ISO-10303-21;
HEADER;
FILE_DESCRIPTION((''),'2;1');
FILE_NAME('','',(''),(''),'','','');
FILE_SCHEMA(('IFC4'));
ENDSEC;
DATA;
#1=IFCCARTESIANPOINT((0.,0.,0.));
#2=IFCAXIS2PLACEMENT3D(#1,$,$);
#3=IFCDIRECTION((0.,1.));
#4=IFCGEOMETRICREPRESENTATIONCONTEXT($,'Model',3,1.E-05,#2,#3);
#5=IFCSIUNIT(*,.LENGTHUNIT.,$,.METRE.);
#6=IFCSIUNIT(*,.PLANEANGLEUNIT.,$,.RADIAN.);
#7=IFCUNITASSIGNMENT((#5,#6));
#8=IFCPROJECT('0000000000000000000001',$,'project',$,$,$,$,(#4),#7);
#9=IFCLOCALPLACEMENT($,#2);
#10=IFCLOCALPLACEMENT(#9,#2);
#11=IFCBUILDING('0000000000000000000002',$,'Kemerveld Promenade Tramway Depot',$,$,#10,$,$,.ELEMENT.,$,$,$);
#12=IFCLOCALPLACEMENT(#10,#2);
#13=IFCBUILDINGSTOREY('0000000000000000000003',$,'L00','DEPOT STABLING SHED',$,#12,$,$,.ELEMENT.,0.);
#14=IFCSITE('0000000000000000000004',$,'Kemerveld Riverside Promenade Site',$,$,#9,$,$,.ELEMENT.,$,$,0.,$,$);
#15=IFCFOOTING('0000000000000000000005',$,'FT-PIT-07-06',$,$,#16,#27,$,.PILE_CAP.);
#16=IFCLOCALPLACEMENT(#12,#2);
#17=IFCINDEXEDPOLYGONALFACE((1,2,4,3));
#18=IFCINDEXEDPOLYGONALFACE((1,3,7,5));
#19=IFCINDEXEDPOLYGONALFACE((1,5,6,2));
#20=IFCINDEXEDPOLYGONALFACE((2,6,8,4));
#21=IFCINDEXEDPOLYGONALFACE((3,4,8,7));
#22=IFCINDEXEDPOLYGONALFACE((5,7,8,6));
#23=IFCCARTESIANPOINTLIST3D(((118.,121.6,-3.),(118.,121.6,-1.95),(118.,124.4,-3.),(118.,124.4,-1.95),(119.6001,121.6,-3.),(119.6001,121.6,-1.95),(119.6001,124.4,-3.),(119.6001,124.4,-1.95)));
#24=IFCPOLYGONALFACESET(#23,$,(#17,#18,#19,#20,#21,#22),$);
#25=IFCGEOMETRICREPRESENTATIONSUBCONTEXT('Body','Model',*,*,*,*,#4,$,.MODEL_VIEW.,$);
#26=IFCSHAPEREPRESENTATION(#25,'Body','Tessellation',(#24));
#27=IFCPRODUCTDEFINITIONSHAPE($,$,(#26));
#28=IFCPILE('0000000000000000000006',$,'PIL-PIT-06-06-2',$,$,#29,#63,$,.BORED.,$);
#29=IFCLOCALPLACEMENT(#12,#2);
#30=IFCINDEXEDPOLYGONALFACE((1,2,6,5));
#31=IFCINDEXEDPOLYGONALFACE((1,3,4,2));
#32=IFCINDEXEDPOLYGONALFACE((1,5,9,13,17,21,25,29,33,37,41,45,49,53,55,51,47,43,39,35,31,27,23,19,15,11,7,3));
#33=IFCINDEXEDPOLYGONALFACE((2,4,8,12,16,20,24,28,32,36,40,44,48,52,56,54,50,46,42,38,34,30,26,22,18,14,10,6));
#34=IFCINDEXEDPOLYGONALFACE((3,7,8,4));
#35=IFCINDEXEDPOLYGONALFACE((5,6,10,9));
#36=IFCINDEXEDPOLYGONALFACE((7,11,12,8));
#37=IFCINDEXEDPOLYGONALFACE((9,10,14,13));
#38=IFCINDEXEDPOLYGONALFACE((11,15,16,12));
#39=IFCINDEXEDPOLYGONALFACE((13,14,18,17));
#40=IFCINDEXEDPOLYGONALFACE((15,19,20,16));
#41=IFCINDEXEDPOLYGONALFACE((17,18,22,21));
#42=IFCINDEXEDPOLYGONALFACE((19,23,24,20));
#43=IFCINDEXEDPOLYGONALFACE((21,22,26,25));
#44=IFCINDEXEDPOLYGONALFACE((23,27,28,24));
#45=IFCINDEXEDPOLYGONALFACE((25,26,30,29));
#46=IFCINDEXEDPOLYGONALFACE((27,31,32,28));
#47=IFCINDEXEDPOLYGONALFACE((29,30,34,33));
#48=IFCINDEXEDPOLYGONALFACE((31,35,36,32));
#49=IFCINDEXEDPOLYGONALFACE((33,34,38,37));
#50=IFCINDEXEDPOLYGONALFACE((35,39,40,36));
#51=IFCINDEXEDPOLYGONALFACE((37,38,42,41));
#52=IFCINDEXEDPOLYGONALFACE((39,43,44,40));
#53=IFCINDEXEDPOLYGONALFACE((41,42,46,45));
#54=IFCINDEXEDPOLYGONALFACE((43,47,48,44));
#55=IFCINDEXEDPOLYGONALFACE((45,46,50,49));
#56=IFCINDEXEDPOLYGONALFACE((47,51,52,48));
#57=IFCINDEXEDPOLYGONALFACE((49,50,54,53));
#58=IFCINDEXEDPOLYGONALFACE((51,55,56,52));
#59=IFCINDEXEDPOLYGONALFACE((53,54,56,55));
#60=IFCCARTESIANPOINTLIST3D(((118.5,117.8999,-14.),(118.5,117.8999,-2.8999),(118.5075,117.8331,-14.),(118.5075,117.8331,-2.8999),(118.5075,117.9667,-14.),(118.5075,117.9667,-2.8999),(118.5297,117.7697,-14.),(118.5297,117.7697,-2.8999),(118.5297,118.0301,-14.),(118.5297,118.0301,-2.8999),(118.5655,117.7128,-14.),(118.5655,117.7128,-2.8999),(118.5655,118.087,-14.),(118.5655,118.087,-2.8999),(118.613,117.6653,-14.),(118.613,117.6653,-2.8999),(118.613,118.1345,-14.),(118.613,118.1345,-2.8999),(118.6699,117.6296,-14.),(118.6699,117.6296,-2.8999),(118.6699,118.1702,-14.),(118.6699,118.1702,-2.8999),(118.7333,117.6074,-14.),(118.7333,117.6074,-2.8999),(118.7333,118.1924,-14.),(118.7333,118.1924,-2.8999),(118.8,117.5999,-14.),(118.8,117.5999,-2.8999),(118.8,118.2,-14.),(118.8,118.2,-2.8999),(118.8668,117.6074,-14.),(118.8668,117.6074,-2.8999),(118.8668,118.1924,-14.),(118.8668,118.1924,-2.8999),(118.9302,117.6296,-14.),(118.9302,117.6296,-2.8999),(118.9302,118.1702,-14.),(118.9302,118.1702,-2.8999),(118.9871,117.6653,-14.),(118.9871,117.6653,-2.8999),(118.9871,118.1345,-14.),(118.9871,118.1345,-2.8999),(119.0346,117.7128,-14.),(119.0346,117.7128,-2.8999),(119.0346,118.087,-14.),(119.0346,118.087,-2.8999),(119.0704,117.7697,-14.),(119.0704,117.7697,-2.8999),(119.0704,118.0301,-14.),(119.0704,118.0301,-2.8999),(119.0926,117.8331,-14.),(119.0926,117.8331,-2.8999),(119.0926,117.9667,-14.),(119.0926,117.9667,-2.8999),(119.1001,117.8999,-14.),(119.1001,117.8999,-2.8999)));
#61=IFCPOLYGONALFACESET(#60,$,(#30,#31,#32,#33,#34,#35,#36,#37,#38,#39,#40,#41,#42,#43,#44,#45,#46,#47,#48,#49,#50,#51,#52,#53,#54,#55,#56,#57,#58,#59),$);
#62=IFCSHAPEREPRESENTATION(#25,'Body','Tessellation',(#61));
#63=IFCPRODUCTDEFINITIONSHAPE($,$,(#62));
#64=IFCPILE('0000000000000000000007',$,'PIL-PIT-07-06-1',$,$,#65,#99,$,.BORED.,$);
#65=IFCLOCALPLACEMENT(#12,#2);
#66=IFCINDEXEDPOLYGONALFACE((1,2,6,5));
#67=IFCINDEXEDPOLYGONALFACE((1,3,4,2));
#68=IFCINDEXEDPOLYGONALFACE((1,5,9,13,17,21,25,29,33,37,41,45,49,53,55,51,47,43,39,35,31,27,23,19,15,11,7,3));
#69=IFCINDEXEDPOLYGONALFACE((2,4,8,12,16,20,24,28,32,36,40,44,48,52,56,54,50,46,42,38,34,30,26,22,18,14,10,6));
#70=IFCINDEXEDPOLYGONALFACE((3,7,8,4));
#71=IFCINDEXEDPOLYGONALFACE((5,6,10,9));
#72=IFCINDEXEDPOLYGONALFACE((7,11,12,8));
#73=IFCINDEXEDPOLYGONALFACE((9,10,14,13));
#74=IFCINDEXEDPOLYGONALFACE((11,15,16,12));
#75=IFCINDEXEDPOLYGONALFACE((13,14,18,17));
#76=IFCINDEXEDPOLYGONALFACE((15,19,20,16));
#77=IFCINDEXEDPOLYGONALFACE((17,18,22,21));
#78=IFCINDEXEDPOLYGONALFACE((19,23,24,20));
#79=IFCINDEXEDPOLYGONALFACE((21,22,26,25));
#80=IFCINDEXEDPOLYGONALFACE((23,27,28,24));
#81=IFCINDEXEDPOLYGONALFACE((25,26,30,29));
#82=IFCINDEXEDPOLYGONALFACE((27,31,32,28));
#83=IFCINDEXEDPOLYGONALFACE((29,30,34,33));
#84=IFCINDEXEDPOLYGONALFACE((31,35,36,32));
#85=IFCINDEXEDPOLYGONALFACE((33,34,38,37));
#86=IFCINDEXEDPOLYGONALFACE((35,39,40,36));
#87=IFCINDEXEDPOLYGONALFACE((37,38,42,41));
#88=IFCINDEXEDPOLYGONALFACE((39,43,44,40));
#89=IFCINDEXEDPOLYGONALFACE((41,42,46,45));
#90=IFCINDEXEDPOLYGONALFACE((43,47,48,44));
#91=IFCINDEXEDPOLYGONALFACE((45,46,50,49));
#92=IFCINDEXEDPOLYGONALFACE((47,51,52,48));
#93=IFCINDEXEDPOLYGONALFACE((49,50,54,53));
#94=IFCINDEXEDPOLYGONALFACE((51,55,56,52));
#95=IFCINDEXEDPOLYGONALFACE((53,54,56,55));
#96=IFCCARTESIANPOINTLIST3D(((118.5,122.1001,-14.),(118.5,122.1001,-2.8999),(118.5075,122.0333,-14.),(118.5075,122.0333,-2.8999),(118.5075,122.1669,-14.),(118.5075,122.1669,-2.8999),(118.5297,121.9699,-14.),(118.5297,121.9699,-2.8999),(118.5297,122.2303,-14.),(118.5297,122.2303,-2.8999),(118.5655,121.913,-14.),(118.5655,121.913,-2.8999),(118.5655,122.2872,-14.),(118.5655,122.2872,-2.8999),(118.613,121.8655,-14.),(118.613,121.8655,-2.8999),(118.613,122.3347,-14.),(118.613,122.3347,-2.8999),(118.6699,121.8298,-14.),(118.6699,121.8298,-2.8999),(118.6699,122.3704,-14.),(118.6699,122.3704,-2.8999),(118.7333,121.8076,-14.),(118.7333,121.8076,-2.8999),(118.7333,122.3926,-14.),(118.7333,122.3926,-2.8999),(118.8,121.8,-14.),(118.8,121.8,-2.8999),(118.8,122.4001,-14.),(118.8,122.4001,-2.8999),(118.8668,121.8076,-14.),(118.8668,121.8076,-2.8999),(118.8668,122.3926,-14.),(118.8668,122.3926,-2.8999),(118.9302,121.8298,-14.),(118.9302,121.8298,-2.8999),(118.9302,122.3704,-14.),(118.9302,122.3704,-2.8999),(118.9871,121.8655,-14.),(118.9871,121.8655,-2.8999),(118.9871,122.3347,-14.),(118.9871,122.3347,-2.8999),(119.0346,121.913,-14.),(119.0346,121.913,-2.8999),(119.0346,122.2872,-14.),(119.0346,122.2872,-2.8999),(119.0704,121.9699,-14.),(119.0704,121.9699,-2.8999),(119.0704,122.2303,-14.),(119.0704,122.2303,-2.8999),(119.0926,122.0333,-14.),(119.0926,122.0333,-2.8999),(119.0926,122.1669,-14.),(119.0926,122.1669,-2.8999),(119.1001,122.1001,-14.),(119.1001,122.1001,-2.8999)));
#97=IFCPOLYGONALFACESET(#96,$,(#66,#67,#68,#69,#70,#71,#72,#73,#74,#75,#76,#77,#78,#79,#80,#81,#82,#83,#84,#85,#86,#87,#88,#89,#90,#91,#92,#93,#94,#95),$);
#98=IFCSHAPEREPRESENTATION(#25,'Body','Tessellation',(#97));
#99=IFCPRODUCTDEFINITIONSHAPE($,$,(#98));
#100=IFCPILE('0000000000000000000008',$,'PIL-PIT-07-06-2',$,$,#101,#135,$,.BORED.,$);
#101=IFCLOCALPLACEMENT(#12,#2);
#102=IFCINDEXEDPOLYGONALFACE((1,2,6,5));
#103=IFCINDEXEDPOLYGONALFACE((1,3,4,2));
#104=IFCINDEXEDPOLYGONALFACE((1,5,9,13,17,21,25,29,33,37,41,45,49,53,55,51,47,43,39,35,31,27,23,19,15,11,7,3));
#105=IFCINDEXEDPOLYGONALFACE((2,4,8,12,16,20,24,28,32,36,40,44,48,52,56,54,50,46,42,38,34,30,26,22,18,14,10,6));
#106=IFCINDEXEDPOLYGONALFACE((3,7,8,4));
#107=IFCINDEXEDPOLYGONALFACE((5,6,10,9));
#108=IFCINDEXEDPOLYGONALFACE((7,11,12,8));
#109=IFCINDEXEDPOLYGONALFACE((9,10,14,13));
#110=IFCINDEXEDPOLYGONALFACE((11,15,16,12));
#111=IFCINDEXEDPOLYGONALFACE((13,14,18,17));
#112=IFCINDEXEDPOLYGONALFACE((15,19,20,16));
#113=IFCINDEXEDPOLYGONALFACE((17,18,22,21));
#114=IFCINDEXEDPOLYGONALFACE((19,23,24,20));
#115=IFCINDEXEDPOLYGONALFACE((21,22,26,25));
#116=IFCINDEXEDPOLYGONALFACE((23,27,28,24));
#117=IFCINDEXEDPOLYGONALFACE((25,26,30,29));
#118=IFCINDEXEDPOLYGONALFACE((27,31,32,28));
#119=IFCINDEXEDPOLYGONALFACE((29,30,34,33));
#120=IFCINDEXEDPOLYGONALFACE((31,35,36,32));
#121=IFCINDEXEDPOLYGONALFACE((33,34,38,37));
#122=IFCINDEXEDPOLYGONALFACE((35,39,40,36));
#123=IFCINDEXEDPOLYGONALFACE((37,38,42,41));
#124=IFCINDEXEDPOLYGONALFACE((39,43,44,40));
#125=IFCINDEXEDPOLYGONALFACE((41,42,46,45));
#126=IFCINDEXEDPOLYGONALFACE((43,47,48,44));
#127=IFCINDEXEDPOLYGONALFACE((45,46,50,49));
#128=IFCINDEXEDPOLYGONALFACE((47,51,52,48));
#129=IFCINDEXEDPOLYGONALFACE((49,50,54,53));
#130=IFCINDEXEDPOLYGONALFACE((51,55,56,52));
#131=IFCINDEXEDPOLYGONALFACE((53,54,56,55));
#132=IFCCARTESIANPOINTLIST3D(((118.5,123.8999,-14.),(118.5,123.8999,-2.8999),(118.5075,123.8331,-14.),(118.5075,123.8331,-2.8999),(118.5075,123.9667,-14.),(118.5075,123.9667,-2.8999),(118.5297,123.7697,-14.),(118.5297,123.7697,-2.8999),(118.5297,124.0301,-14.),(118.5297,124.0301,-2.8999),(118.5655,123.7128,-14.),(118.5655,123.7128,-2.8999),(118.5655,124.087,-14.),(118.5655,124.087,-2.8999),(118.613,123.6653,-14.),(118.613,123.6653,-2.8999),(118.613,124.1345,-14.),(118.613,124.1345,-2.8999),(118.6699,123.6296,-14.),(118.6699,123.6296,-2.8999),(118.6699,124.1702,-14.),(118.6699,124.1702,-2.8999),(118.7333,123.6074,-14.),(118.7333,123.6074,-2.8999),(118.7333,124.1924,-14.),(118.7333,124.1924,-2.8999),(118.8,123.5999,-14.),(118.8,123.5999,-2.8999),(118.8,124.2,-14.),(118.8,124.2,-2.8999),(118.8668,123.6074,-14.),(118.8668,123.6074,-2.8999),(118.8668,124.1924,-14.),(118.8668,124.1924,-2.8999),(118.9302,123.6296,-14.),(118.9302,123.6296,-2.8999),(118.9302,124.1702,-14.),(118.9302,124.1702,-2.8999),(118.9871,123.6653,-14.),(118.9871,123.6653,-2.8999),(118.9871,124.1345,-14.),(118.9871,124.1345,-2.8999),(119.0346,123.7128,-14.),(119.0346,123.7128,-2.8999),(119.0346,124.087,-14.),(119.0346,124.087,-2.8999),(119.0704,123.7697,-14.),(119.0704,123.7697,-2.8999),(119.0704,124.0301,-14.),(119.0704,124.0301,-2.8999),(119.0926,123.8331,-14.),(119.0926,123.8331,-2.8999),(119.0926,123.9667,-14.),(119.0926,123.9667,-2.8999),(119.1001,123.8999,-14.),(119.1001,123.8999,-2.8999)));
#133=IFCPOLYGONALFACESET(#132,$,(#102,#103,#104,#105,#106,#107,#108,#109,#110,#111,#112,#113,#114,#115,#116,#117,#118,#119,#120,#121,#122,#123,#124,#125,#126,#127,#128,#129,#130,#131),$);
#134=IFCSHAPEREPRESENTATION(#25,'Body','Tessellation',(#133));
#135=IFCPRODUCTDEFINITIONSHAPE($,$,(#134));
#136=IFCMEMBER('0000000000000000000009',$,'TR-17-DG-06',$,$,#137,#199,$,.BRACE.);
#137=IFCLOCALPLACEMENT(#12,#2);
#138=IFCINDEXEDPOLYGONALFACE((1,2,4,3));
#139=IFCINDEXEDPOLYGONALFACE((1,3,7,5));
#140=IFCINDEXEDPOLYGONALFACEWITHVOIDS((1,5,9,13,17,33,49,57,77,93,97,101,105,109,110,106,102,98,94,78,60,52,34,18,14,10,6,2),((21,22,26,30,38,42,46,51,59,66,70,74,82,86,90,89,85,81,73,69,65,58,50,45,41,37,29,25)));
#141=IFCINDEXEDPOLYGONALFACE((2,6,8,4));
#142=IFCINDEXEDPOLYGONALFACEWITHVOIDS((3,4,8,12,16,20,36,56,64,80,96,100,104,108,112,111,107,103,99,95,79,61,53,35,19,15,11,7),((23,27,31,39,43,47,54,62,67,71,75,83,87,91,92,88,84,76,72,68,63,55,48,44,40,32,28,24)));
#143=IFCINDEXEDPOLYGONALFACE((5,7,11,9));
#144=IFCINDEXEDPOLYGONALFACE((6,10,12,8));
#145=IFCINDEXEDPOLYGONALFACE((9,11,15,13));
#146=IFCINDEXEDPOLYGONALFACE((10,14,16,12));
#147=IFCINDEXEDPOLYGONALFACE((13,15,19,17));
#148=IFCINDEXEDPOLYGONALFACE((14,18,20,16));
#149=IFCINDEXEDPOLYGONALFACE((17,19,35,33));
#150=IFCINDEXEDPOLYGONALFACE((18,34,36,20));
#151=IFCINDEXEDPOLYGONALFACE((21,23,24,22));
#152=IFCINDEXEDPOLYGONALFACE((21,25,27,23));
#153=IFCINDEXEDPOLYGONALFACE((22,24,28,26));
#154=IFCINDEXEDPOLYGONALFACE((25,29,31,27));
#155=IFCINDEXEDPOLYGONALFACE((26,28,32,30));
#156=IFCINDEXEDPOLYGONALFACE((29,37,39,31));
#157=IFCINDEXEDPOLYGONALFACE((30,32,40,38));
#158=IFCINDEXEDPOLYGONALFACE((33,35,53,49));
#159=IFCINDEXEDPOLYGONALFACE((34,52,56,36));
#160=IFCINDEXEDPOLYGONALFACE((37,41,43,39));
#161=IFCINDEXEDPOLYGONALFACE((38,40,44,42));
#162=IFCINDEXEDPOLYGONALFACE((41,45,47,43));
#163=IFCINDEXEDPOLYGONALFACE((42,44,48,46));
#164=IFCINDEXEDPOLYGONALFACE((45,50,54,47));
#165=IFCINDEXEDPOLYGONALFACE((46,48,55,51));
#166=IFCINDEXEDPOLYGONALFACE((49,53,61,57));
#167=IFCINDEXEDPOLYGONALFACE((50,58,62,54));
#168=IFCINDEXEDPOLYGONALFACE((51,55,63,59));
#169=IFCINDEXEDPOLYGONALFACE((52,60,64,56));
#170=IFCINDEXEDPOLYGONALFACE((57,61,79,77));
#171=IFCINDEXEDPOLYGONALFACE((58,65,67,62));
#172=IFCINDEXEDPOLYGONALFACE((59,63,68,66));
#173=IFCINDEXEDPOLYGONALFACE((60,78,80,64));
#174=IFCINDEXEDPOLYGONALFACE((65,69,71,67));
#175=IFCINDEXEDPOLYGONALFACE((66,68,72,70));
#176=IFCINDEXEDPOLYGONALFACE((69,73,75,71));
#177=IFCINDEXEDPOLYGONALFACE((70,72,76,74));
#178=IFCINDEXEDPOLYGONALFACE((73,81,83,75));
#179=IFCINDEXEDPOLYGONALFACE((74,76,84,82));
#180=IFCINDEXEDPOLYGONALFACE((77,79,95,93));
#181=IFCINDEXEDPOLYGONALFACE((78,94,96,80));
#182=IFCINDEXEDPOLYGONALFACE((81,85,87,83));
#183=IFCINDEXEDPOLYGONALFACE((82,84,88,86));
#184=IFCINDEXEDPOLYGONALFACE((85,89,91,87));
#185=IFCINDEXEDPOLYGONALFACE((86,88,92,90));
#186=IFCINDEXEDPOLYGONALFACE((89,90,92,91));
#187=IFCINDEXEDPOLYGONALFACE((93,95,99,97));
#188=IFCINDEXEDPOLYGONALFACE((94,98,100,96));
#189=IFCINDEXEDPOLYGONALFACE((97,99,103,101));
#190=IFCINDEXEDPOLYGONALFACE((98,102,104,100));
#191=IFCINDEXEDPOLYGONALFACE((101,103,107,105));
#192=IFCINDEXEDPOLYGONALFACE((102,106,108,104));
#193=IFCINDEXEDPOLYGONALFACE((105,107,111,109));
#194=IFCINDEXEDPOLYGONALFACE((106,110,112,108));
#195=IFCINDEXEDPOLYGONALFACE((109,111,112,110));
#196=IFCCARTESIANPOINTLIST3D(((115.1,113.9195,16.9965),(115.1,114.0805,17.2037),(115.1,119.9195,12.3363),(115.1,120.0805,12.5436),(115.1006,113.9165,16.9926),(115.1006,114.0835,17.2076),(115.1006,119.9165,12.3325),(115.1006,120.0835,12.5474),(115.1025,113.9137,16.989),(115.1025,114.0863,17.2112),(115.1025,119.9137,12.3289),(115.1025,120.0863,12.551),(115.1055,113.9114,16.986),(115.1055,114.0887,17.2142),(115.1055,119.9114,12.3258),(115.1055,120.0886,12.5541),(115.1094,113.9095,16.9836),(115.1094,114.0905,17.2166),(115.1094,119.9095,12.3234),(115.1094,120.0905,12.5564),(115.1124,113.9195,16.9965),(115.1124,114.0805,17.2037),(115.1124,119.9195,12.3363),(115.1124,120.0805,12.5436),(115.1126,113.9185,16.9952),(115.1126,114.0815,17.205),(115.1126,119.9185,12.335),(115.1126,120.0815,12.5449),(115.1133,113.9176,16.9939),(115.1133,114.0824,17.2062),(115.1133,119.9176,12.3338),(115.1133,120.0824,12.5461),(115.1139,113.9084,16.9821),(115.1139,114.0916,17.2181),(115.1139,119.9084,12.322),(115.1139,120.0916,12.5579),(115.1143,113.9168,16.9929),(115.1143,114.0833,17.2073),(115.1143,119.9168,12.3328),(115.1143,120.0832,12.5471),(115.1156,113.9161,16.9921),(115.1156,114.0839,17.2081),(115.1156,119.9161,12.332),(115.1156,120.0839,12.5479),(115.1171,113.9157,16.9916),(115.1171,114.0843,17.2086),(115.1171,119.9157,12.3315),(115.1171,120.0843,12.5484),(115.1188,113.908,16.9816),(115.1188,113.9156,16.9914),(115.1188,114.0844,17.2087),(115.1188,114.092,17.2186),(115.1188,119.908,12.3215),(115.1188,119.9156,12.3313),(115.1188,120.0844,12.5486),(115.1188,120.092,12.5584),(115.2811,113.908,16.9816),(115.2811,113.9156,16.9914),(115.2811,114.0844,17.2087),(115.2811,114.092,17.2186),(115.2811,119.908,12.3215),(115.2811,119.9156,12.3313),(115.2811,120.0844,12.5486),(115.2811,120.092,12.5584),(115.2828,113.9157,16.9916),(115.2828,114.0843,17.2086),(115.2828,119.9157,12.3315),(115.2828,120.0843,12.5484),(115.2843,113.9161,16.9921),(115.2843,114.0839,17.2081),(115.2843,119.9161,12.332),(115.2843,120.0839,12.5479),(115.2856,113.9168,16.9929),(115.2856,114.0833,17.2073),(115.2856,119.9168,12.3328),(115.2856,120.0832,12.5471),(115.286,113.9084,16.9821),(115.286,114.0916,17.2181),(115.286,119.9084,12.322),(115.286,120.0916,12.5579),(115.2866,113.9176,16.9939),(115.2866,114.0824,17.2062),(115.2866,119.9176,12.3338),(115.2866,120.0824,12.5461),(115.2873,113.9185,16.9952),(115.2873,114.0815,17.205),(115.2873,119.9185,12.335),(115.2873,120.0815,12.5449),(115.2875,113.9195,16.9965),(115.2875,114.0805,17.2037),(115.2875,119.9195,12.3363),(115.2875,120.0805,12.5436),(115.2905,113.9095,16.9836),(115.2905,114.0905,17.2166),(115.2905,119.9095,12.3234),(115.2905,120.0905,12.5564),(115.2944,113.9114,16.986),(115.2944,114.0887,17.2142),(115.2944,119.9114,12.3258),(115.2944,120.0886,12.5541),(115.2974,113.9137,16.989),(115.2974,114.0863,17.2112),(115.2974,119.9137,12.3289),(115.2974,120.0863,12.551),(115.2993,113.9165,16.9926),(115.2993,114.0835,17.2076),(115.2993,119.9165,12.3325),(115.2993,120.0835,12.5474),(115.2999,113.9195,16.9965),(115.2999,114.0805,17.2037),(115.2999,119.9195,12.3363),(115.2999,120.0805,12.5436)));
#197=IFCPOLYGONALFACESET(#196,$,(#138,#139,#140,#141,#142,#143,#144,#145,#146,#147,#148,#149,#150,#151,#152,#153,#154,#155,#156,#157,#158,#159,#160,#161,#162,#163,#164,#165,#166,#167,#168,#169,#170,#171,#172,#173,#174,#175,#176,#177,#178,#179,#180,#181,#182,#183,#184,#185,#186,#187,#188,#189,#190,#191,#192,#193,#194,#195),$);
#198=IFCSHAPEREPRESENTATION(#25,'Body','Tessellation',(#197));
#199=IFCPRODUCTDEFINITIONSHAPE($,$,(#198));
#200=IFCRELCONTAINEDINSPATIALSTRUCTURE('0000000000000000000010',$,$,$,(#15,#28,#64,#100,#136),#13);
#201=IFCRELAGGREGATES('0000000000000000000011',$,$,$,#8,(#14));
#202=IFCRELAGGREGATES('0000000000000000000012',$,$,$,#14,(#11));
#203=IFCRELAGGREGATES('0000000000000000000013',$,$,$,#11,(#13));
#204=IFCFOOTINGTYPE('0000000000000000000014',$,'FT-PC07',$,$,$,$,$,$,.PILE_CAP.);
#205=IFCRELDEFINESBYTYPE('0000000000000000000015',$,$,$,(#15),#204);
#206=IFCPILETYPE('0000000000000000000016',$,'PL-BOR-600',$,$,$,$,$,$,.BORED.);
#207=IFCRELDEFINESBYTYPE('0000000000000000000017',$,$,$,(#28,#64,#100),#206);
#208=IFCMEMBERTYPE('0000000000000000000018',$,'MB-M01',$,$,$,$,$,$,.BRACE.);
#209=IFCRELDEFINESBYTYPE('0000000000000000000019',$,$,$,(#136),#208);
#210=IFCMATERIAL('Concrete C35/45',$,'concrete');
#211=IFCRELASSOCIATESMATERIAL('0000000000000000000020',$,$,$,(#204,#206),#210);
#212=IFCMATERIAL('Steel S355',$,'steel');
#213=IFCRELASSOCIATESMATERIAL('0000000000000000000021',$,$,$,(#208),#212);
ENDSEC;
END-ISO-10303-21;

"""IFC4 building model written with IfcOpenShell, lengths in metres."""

from ifc_helpers import new_model, si_unit, direction, frame, origin, origin_2d, place, context, subcontext, project, spatial, rectangle, hollow_rectangle, circle, extrude, material, material_profile, profile_set, type_object, element, save


model = new_model("IFC4")

# Units and contexts
model_context = context("Model", 3, precision=1e-05, world=origin(), true_north=direction((0.0, 1.0)))
body_context = subcontext(model_context, "Body", "Model", "MODEL_VIEW")
ifc_project = project(units=[si_unit("LENGTHUNIT", "METRE"), si_unit("PLANEANGLEUNIT", "RADIAN")], contexts=[model_context])

# Site, building, storey
site_placement = place(None, origin())
site = spatial("IfcSite", under=ifc_project, at=site_placement, Name="Kemerveld Riverside Promenade Site", CompositionType="ELEMENT", RefElevation=0.0)
building_placement = place(site_placement, origin())
building = spatial("IfcBuilding", under=site, at=building_placement, Name="Kemerveld Promenade Tramway Depot", CompositionType="ELEMENT")
storey_placement = place(building_placement, origin())
storey = spatial("IfcBuildingStorey", under=building, at=storey_placement, Name="L00", Description="DEPOT STABLING SHED", CompositionType="ELEMENT", Elevation=0.0)

# Footing
ifc_material_1 = material(Name="Concrete C35/45", Category="concrete")
footing_type = type_object("IfcFootingType", Name="FT-PC07", PredefinedType="PILE_CAP", material=ifc_material_1)
footing_placement = place(storey_placement, frame((118.8, 123.0, -3.0), z_axis=(0.0, 0.0, 1.0), x_axis=(1.0, 0.0, 0.0)))
element("IfcFooting", 1, at=footing_placement, inside=storey, type_object=footing_type, Name="FT-PIT-07-06", PredefinedType="PILE_CAP", context=body_context, shape_type="SweptSolid", body=[
    extrude(rectangle(XDim=1.6001, YDim=2.8, at=origin_2d()), origin(), (0.0, 0.0, 1.0), 1.05),
])

# Piles
ifc_material_profile_1 = material_profile(ifc_material_1, circle(Radius=0.3, at=origin_2d()), Name="PILE-D600")
ifc_profile_set_1 = profile_set([ifc_material_profile_1], Name="Concrete C35/45")
pile_type = type_object("IfcPileType", Name="PL-BOR-600", PredefinedType="BORED", material=ifc_profile_set_1)
for number, where, z_axis, x_axis, name in (
    (2, (118.8, 117.8999, -2.8999), (0.0, 0.0, -1.0), (1.0, 0.0, 0.0), "PIL-PIT-06-06-2"),
    (3, (118.8, 122.1001, -2.8999), (0.0, 0.0, -1.0), (1.0, 0.0, 0.0), "PIL-PIT-07-06-1"),
    (4, (118.8, 123.8999, -2.8999), (0.0, 0.0, -1.0), (1.0, 0.0, 0.0), "PIL-PIT-07-06-2"),
):
    element("IfcPile", number, at=place(storey_placement, frame(where, z_axis=z_axis, x_axis=x_axis)), inside=storey, type_object=pile_type, Name=name, PredefinedType="BORED", context=body_context, shape_type="SweptSolid", body=[
        extrude(circle(Radius=0.3, at=origin_2d()), origin(), (0.0, 0.0, 1.0), 11.1001),
    ])

# Member
ifc_material_2 = material(Name="Steel S355", Category="steel")
ifc_material_profile_2 = material_profile(ifc_material_2, hollow_rectangle(XDim=0.2, YDim=0.3, WallThickness=0.0125, InnerFilletRadius=0.0063, OuterFilletRadius=0.0188, at=origin_2d()), Name="300x200x12.5 RHS")
ifc_profile_set_2 = profile_set([ifc_material_profile_2], Name="Steel S355")
member_type_1 = type_object("IfcMemberType", Name="MB-M01", PredefinedType="BRACE", material=ifc_profile_set_2)
member_1_placement = place(storey_placement, frame((115.2, 120.0, 12.4399), z_axis=(0.0, -0.789767, 0.613407), x_axis=(1.0, 0.0, 0.0)))
element("IfcMember", 5, at=member_1_placement, inside=storey, type_object=member_type_1, Name="TR-17-DG-06", PredefinedType="BRACE", context=body_context, shape_type="SweptSolid", body=[
    extrude(hollow_rectangle(XDim=0.2, YDim=0.3, WallThickness=0.0125, InnerFilletRadius=0.0063, OuterFilletRadius=0.0188, at=origin_2d()), origin(), (0.0, 0.0, 1.0), 7.5972),
])

save(model, "model.ifc")
